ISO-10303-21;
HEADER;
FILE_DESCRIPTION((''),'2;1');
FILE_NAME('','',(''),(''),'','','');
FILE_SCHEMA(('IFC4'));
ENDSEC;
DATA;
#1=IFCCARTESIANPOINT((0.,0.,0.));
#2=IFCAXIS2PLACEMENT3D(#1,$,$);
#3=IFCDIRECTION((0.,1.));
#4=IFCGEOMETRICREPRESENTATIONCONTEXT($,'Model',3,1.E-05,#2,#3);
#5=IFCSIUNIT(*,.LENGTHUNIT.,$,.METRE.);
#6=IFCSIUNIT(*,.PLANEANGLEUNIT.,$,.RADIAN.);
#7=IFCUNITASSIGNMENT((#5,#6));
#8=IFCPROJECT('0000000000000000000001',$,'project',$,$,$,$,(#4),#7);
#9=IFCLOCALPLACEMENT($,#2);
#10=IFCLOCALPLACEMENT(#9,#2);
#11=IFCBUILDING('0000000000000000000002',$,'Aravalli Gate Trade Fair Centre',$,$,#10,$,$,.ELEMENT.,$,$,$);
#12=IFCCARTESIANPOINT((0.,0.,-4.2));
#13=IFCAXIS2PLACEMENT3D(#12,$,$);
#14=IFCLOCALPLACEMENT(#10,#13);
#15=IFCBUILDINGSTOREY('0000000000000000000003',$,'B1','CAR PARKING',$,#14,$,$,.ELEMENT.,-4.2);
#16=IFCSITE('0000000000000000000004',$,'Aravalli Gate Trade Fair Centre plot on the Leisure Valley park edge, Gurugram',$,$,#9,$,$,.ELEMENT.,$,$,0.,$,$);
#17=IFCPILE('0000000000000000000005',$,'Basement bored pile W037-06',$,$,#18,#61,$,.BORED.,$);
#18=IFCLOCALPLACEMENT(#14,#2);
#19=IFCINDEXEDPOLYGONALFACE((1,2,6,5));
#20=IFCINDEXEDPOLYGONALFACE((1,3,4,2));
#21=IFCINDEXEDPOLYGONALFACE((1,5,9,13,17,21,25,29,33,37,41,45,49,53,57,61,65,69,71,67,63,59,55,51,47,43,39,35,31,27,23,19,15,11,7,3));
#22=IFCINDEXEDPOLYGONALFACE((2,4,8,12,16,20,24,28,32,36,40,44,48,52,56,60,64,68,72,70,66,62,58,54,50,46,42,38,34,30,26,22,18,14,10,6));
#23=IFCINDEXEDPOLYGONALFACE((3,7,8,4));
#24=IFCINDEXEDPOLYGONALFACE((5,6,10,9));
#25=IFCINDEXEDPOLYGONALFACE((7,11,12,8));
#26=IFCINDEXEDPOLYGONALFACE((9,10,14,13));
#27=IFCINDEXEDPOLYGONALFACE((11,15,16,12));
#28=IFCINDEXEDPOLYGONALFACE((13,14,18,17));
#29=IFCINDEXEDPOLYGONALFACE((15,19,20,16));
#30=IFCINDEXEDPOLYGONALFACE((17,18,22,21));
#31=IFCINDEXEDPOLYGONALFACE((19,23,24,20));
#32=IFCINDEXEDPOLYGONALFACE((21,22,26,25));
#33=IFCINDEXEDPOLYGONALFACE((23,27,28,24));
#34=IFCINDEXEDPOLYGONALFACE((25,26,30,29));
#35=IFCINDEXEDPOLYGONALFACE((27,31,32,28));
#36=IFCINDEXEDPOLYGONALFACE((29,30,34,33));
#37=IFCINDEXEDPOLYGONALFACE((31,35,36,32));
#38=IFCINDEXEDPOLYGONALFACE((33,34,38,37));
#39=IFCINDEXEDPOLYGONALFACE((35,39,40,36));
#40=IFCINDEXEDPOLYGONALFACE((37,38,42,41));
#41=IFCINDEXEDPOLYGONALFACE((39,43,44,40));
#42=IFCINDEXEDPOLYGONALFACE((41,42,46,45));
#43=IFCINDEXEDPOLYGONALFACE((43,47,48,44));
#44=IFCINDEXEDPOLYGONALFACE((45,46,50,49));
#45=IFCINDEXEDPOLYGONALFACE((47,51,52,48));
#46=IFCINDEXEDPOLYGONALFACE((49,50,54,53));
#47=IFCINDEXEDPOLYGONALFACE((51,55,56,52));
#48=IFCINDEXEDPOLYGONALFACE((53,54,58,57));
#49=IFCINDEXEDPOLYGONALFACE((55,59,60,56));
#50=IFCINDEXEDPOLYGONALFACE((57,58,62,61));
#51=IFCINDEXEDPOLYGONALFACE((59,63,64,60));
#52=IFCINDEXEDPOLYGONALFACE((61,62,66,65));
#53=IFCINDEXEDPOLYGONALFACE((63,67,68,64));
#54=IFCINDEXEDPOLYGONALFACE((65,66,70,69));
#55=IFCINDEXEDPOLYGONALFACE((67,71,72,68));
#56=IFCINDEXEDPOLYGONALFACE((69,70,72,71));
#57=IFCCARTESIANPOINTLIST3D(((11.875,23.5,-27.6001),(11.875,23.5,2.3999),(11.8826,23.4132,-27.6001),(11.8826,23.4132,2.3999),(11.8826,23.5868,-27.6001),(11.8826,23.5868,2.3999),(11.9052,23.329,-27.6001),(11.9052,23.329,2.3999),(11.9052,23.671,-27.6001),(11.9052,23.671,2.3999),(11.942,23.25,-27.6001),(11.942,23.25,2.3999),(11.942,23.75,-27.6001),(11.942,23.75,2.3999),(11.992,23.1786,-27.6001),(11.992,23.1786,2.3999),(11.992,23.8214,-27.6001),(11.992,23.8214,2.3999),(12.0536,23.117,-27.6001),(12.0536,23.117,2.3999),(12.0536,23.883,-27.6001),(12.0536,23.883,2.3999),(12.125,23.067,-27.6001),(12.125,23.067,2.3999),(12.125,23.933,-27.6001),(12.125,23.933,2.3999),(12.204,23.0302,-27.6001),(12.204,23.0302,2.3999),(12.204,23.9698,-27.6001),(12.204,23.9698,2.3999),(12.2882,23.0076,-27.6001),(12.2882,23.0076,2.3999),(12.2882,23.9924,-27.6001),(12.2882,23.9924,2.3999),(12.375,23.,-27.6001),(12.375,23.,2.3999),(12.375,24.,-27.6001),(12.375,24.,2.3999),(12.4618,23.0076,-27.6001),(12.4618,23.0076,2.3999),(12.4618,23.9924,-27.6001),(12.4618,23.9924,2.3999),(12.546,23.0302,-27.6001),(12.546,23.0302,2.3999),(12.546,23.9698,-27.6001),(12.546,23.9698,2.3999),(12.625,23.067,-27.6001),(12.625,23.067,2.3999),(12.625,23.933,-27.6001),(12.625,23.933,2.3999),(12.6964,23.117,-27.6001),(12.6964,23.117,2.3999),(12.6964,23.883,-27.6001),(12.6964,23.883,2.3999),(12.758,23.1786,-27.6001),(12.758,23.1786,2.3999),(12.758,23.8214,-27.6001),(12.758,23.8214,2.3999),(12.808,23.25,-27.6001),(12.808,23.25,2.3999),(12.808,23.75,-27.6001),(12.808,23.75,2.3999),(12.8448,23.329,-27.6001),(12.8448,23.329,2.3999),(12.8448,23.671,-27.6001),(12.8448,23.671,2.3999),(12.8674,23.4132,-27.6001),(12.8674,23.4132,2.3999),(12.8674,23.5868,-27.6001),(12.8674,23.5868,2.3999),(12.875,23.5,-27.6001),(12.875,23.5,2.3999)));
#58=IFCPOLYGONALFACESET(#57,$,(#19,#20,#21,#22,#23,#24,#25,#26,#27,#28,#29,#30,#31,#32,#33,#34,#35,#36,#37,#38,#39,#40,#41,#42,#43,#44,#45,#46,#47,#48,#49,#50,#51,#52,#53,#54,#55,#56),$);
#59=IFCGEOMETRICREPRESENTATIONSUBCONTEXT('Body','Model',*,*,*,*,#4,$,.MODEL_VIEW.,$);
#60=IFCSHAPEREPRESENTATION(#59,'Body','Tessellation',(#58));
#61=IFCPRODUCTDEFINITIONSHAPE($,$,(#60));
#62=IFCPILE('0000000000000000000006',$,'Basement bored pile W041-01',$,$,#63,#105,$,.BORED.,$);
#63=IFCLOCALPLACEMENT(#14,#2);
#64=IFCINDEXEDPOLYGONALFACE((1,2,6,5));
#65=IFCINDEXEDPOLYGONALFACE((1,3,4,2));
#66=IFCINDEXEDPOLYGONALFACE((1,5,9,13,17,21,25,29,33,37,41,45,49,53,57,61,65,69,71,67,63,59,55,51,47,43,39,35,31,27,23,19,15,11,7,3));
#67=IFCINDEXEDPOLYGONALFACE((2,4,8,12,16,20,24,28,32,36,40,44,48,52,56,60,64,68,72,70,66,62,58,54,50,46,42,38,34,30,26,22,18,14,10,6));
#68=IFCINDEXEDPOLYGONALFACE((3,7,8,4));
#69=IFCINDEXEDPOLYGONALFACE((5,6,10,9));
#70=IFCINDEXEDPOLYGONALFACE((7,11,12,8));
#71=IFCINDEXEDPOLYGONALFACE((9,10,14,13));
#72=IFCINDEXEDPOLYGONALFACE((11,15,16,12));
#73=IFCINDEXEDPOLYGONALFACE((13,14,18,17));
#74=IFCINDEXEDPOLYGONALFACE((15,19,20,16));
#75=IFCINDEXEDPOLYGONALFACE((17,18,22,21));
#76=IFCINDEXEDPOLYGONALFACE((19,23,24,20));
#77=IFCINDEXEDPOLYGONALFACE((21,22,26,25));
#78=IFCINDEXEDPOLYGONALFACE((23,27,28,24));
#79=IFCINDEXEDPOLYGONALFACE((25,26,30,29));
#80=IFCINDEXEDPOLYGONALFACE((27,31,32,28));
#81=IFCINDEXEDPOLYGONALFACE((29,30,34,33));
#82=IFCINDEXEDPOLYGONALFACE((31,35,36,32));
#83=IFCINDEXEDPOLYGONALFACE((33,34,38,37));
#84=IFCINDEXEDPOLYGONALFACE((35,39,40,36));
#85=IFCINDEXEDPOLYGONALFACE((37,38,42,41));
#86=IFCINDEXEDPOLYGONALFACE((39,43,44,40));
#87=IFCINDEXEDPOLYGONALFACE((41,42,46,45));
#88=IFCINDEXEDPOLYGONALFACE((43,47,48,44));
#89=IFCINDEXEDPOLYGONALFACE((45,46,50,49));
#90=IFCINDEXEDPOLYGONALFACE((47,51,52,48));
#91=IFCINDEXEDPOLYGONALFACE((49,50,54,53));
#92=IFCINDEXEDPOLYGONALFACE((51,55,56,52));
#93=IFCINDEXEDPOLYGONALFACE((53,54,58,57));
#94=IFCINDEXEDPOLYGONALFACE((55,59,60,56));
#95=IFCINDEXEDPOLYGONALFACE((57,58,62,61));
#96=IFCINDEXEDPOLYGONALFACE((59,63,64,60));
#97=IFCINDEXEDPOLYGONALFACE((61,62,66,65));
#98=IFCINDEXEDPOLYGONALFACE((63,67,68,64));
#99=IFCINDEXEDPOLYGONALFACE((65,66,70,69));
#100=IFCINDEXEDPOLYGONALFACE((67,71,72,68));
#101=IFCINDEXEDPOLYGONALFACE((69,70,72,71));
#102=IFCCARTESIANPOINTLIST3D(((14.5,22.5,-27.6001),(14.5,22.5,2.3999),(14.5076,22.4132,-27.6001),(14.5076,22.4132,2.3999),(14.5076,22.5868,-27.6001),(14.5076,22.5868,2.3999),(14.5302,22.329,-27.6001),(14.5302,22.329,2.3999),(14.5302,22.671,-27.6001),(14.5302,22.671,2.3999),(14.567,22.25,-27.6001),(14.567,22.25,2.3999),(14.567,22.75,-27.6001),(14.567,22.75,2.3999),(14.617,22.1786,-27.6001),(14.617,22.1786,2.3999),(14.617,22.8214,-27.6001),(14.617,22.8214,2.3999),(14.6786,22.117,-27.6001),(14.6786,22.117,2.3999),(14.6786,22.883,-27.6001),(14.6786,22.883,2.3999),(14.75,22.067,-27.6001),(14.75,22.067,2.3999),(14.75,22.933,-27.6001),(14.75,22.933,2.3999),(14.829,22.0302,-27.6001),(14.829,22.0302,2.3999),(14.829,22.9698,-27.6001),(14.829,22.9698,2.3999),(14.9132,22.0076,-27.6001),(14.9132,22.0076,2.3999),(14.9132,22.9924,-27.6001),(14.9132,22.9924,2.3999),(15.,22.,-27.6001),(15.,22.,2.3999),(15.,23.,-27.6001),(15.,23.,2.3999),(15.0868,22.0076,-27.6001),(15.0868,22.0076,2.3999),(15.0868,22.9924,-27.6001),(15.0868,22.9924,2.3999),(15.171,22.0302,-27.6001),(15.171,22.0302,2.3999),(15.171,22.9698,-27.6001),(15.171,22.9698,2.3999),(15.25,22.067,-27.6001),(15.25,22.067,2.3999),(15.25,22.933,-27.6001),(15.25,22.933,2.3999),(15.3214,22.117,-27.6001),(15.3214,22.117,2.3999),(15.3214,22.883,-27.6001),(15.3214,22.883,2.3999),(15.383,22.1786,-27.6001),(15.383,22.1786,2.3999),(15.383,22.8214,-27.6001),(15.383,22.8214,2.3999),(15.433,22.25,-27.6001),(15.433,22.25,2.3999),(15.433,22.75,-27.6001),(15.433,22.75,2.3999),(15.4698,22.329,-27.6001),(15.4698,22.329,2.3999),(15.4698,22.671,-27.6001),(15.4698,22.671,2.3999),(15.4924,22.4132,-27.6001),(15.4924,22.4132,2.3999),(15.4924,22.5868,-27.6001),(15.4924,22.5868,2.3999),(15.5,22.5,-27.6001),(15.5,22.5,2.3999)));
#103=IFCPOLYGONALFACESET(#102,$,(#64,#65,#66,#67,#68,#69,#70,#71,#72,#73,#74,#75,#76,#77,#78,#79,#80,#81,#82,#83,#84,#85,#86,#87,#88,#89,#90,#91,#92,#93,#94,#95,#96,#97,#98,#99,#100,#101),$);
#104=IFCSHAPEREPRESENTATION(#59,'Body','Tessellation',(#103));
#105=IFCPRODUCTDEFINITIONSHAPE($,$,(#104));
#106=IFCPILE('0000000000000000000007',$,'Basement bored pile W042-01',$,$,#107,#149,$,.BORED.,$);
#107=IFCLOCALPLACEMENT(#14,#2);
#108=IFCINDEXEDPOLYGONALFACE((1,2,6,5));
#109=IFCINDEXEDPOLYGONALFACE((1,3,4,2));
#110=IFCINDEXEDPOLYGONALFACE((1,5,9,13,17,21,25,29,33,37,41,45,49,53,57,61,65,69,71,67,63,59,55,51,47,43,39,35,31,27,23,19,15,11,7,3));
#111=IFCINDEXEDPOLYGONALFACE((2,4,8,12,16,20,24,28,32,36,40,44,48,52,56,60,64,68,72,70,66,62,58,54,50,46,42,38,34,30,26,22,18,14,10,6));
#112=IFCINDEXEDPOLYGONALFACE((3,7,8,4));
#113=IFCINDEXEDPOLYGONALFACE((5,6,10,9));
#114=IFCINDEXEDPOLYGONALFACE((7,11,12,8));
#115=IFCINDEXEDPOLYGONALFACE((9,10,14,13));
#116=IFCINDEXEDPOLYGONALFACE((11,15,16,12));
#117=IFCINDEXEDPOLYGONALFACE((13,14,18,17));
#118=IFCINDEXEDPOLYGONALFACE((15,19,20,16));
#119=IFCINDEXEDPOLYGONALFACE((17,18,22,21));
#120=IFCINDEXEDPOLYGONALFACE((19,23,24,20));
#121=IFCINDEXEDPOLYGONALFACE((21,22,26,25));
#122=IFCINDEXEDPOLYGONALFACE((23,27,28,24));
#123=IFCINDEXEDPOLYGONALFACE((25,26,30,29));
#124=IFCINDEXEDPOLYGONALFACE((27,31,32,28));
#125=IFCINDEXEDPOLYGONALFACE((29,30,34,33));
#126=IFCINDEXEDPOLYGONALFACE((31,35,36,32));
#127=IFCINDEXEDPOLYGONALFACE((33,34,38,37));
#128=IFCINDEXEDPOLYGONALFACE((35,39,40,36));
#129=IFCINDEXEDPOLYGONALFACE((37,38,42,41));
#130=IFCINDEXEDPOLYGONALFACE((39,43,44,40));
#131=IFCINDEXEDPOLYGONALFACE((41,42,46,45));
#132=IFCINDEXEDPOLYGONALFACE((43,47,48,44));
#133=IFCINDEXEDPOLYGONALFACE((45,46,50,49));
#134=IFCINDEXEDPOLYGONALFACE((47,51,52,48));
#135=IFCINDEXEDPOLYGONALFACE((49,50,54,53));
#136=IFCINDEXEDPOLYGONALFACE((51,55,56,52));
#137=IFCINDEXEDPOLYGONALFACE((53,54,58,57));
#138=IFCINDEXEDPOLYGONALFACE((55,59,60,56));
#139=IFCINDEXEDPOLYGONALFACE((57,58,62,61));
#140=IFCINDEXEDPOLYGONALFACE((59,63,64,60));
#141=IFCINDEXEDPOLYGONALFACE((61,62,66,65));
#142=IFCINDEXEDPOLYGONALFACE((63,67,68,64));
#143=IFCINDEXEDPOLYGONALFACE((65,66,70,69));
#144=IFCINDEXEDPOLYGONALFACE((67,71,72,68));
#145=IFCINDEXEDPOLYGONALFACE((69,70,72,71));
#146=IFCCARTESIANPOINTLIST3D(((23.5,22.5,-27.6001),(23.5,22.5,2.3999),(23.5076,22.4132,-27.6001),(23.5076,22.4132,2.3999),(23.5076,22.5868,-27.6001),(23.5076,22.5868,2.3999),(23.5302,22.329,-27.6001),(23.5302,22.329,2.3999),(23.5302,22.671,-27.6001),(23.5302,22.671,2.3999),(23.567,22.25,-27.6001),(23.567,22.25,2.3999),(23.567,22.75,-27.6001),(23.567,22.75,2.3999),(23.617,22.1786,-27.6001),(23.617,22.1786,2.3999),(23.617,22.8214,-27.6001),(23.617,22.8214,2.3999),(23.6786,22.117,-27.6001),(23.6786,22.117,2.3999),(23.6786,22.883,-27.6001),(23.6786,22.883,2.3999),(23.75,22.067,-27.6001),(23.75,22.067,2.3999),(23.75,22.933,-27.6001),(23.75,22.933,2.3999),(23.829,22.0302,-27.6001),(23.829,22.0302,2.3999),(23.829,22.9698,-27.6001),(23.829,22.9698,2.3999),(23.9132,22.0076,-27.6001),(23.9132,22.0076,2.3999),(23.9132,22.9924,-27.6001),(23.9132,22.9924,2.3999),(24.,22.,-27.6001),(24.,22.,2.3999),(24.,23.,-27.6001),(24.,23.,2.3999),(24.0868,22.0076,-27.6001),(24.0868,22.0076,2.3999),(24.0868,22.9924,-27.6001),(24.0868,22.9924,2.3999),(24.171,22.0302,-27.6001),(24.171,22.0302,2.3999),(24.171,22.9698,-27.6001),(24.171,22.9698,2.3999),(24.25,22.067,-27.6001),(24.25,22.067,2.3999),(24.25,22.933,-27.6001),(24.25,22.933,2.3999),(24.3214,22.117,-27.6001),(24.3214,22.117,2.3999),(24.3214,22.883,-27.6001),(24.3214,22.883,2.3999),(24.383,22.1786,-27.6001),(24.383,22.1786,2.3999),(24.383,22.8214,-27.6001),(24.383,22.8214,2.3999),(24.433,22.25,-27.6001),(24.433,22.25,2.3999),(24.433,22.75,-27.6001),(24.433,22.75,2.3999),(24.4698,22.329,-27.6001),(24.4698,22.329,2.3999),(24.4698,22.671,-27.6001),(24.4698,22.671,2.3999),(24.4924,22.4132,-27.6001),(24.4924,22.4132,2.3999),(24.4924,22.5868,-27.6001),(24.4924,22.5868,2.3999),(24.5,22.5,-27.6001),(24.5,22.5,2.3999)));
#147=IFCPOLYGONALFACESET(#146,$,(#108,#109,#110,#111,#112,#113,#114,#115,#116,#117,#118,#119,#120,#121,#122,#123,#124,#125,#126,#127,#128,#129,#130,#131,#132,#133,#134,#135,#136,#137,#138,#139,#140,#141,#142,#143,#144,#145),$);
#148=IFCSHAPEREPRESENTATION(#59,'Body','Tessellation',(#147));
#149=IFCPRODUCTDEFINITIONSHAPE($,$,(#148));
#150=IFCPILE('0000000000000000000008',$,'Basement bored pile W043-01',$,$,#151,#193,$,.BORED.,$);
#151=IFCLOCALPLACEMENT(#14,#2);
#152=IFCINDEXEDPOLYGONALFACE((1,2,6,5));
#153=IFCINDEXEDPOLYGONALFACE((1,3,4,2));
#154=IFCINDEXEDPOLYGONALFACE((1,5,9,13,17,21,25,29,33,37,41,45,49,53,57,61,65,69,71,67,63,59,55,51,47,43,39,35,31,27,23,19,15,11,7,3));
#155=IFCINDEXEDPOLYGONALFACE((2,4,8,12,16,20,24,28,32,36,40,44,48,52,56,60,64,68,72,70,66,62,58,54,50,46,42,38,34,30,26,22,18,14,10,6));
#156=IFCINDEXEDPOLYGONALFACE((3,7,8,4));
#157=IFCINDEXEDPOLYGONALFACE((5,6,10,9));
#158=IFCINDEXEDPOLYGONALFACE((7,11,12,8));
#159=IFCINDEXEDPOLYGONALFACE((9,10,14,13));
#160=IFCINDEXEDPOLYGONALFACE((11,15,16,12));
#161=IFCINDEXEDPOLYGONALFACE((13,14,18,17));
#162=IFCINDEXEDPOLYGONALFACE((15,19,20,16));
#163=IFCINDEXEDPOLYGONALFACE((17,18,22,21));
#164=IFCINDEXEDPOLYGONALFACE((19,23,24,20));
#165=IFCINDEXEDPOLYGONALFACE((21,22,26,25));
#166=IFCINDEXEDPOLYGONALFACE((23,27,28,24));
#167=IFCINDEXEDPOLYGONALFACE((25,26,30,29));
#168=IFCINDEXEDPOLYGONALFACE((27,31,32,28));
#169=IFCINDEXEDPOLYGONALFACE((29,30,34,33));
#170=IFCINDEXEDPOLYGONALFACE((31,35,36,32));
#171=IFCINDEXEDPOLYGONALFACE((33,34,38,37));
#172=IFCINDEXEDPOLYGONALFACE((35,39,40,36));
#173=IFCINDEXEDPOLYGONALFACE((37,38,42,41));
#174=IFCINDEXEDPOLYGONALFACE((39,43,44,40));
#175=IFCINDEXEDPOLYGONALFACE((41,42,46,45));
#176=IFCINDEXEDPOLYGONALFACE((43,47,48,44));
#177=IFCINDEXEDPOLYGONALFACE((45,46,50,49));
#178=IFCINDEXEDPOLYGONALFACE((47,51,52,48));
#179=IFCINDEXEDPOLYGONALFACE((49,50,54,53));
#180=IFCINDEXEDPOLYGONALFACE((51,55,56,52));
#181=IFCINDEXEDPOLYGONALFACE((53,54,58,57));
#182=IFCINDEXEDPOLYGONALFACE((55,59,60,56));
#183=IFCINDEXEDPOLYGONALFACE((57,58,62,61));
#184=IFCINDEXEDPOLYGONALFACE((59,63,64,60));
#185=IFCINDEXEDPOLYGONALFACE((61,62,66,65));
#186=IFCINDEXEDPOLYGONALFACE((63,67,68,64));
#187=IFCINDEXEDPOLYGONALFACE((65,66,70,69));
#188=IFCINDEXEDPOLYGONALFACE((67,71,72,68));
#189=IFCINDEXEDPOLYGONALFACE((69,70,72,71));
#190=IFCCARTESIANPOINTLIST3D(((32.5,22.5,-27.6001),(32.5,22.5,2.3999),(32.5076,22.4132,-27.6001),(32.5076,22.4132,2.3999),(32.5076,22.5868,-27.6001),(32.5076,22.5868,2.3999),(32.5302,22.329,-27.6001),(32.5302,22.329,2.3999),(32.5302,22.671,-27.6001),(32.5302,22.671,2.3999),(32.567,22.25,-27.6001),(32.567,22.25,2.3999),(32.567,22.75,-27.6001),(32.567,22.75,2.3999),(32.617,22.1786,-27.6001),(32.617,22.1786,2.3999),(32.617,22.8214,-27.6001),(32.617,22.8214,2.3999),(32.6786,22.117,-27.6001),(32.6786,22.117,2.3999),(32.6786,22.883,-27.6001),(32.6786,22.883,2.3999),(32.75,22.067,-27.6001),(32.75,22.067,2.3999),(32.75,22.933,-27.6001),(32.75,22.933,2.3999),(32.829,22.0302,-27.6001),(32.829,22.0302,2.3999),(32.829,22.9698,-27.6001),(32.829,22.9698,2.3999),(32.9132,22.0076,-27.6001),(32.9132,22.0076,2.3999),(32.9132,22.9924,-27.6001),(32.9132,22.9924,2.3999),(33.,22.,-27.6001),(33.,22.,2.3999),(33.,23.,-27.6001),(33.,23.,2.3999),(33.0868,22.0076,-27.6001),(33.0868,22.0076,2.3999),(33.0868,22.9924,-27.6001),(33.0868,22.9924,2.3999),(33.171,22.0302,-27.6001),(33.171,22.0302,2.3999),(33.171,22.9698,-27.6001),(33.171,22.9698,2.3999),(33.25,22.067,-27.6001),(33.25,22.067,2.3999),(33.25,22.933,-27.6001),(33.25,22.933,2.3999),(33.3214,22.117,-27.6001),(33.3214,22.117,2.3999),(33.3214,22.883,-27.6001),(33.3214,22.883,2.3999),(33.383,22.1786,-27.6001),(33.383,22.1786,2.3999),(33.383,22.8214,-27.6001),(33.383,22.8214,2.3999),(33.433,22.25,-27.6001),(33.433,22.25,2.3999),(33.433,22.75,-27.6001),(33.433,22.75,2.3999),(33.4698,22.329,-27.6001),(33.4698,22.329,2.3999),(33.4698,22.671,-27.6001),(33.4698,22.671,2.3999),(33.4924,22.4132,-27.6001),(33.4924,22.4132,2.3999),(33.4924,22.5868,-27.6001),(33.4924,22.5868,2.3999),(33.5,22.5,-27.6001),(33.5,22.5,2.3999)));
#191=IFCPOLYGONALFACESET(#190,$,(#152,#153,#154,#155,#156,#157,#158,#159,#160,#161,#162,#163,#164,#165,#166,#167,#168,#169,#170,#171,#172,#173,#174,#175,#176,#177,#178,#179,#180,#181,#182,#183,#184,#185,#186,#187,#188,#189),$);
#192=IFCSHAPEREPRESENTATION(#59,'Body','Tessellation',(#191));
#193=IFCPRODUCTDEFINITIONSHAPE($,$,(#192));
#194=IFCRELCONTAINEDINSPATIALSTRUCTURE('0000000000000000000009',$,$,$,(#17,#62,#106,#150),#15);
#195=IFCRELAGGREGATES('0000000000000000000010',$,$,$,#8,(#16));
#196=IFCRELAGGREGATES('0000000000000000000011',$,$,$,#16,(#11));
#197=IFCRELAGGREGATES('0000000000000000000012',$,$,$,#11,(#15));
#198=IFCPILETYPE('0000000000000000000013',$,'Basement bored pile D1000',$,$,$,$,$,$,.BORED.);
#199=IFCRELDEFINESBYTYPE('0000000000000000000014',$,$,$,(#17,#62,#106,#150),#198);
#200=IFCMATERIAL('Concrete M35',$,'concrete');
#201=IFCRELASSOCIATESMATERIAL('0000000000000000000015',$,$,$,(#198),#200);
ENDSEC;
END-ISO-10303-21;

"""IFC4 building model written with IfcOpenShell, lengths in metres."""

from ifc_helpers import new_model, si_unit, direction, frame, origin, origin_2d, place, context, subcontext, project, spatial, circle, extrude, material, material_profile, profile_set, type_object, element, save


model = new_model("IFC4")

# Units and contexts
model_context = context("Model", 3, precision=1e-05, world=origin(), true_north=direction((0.0, 1.0)))
body_context = subcontext(model_context, "Body", "Model", "MODEL_VIEW")
ifc_project = project(units=[si_unit("LENGTHUNIT", "METRE"), si_unit("PLANEANGLEUNIT", "RADIAN")], contexts=[model_context])

# Site, building, storey
site_placement = place(None, origin())
site = spatial("IfcSite", under=ifc_project, at=site_placement, Name="Aravalli Gate Trade Fair Centre plot on the Leisure Valley park edge, Gurugram", CompositionType="ELEMENT", RefElevation=0.0)
building_placement = place(site_placement, origin())
building = spatial("IfcBuilding", under=site, at=building_placement, Name="Aravalli Gate Trade Fair Centre", CompositionType="ELEMENT")
storey_placement = place(building_placement, frame((0.0, 0.0, -4.2)))
storey = spatial("IfcBuildingStorey", under=building, at=storey_placement, Name="B1", Description="CAR PARKING", CompositionType="ELEMENT", Elevation=-4.2)

# Piles
ifc_material = material(Name="Concrete M35", Category="concrete")
ifc_material_profile = material_profile(ifc_material, circle(Radius=0.5, at=origin_2d()), Name="D1000")
ifc_profile_set = profile_set([ifc_material_profile], Name="Concrete M35")
pile_type = type_object("IfcPileType", Name="Basement bored pile D1000", PredefinedType="BORED", material=ifc_profile_set)
for number, where, z_axis, x_axis, name in (
    (1, (12.375, 23.5, 2.3999), (0.0, 0.0, -1.0), (1.0, 0.0, 0.0), "Basement bored pile W037-06"),
    (2, (15.0, 22.5, 2.3999), (0.0, 0.0, -1.0), (1.0, 0.0, 0.0), "Basement bored pile W041-01"),
    (3, (24.0, 22.5, 2.3999), (0.0, 0.0, -1.0), (1.0, 0.0, 0.0), "Basement bored pile W042-01"),
    (4, (33.0, 22.5, 2.3999), (0.0, 0.0, -1.0), (1.0, 0.0, 0.0), "Basement bored pile W043-01"),
):
    element("IfcPile", number, at=place(storey_placement, frame(where, z_axis=z_axis, x_axis=x_axis)), inside=storey, type_object=pile_type, Name=name, PredefinedType="BORED", context=body_context, shape_type="SweptSolid", body=[
        extrude(circle(Radius=0.5, at=origin_2d()), origin(), (0.0, 0.0, 1.0), 30.0),
    ])

save(model, "model.ifc")
